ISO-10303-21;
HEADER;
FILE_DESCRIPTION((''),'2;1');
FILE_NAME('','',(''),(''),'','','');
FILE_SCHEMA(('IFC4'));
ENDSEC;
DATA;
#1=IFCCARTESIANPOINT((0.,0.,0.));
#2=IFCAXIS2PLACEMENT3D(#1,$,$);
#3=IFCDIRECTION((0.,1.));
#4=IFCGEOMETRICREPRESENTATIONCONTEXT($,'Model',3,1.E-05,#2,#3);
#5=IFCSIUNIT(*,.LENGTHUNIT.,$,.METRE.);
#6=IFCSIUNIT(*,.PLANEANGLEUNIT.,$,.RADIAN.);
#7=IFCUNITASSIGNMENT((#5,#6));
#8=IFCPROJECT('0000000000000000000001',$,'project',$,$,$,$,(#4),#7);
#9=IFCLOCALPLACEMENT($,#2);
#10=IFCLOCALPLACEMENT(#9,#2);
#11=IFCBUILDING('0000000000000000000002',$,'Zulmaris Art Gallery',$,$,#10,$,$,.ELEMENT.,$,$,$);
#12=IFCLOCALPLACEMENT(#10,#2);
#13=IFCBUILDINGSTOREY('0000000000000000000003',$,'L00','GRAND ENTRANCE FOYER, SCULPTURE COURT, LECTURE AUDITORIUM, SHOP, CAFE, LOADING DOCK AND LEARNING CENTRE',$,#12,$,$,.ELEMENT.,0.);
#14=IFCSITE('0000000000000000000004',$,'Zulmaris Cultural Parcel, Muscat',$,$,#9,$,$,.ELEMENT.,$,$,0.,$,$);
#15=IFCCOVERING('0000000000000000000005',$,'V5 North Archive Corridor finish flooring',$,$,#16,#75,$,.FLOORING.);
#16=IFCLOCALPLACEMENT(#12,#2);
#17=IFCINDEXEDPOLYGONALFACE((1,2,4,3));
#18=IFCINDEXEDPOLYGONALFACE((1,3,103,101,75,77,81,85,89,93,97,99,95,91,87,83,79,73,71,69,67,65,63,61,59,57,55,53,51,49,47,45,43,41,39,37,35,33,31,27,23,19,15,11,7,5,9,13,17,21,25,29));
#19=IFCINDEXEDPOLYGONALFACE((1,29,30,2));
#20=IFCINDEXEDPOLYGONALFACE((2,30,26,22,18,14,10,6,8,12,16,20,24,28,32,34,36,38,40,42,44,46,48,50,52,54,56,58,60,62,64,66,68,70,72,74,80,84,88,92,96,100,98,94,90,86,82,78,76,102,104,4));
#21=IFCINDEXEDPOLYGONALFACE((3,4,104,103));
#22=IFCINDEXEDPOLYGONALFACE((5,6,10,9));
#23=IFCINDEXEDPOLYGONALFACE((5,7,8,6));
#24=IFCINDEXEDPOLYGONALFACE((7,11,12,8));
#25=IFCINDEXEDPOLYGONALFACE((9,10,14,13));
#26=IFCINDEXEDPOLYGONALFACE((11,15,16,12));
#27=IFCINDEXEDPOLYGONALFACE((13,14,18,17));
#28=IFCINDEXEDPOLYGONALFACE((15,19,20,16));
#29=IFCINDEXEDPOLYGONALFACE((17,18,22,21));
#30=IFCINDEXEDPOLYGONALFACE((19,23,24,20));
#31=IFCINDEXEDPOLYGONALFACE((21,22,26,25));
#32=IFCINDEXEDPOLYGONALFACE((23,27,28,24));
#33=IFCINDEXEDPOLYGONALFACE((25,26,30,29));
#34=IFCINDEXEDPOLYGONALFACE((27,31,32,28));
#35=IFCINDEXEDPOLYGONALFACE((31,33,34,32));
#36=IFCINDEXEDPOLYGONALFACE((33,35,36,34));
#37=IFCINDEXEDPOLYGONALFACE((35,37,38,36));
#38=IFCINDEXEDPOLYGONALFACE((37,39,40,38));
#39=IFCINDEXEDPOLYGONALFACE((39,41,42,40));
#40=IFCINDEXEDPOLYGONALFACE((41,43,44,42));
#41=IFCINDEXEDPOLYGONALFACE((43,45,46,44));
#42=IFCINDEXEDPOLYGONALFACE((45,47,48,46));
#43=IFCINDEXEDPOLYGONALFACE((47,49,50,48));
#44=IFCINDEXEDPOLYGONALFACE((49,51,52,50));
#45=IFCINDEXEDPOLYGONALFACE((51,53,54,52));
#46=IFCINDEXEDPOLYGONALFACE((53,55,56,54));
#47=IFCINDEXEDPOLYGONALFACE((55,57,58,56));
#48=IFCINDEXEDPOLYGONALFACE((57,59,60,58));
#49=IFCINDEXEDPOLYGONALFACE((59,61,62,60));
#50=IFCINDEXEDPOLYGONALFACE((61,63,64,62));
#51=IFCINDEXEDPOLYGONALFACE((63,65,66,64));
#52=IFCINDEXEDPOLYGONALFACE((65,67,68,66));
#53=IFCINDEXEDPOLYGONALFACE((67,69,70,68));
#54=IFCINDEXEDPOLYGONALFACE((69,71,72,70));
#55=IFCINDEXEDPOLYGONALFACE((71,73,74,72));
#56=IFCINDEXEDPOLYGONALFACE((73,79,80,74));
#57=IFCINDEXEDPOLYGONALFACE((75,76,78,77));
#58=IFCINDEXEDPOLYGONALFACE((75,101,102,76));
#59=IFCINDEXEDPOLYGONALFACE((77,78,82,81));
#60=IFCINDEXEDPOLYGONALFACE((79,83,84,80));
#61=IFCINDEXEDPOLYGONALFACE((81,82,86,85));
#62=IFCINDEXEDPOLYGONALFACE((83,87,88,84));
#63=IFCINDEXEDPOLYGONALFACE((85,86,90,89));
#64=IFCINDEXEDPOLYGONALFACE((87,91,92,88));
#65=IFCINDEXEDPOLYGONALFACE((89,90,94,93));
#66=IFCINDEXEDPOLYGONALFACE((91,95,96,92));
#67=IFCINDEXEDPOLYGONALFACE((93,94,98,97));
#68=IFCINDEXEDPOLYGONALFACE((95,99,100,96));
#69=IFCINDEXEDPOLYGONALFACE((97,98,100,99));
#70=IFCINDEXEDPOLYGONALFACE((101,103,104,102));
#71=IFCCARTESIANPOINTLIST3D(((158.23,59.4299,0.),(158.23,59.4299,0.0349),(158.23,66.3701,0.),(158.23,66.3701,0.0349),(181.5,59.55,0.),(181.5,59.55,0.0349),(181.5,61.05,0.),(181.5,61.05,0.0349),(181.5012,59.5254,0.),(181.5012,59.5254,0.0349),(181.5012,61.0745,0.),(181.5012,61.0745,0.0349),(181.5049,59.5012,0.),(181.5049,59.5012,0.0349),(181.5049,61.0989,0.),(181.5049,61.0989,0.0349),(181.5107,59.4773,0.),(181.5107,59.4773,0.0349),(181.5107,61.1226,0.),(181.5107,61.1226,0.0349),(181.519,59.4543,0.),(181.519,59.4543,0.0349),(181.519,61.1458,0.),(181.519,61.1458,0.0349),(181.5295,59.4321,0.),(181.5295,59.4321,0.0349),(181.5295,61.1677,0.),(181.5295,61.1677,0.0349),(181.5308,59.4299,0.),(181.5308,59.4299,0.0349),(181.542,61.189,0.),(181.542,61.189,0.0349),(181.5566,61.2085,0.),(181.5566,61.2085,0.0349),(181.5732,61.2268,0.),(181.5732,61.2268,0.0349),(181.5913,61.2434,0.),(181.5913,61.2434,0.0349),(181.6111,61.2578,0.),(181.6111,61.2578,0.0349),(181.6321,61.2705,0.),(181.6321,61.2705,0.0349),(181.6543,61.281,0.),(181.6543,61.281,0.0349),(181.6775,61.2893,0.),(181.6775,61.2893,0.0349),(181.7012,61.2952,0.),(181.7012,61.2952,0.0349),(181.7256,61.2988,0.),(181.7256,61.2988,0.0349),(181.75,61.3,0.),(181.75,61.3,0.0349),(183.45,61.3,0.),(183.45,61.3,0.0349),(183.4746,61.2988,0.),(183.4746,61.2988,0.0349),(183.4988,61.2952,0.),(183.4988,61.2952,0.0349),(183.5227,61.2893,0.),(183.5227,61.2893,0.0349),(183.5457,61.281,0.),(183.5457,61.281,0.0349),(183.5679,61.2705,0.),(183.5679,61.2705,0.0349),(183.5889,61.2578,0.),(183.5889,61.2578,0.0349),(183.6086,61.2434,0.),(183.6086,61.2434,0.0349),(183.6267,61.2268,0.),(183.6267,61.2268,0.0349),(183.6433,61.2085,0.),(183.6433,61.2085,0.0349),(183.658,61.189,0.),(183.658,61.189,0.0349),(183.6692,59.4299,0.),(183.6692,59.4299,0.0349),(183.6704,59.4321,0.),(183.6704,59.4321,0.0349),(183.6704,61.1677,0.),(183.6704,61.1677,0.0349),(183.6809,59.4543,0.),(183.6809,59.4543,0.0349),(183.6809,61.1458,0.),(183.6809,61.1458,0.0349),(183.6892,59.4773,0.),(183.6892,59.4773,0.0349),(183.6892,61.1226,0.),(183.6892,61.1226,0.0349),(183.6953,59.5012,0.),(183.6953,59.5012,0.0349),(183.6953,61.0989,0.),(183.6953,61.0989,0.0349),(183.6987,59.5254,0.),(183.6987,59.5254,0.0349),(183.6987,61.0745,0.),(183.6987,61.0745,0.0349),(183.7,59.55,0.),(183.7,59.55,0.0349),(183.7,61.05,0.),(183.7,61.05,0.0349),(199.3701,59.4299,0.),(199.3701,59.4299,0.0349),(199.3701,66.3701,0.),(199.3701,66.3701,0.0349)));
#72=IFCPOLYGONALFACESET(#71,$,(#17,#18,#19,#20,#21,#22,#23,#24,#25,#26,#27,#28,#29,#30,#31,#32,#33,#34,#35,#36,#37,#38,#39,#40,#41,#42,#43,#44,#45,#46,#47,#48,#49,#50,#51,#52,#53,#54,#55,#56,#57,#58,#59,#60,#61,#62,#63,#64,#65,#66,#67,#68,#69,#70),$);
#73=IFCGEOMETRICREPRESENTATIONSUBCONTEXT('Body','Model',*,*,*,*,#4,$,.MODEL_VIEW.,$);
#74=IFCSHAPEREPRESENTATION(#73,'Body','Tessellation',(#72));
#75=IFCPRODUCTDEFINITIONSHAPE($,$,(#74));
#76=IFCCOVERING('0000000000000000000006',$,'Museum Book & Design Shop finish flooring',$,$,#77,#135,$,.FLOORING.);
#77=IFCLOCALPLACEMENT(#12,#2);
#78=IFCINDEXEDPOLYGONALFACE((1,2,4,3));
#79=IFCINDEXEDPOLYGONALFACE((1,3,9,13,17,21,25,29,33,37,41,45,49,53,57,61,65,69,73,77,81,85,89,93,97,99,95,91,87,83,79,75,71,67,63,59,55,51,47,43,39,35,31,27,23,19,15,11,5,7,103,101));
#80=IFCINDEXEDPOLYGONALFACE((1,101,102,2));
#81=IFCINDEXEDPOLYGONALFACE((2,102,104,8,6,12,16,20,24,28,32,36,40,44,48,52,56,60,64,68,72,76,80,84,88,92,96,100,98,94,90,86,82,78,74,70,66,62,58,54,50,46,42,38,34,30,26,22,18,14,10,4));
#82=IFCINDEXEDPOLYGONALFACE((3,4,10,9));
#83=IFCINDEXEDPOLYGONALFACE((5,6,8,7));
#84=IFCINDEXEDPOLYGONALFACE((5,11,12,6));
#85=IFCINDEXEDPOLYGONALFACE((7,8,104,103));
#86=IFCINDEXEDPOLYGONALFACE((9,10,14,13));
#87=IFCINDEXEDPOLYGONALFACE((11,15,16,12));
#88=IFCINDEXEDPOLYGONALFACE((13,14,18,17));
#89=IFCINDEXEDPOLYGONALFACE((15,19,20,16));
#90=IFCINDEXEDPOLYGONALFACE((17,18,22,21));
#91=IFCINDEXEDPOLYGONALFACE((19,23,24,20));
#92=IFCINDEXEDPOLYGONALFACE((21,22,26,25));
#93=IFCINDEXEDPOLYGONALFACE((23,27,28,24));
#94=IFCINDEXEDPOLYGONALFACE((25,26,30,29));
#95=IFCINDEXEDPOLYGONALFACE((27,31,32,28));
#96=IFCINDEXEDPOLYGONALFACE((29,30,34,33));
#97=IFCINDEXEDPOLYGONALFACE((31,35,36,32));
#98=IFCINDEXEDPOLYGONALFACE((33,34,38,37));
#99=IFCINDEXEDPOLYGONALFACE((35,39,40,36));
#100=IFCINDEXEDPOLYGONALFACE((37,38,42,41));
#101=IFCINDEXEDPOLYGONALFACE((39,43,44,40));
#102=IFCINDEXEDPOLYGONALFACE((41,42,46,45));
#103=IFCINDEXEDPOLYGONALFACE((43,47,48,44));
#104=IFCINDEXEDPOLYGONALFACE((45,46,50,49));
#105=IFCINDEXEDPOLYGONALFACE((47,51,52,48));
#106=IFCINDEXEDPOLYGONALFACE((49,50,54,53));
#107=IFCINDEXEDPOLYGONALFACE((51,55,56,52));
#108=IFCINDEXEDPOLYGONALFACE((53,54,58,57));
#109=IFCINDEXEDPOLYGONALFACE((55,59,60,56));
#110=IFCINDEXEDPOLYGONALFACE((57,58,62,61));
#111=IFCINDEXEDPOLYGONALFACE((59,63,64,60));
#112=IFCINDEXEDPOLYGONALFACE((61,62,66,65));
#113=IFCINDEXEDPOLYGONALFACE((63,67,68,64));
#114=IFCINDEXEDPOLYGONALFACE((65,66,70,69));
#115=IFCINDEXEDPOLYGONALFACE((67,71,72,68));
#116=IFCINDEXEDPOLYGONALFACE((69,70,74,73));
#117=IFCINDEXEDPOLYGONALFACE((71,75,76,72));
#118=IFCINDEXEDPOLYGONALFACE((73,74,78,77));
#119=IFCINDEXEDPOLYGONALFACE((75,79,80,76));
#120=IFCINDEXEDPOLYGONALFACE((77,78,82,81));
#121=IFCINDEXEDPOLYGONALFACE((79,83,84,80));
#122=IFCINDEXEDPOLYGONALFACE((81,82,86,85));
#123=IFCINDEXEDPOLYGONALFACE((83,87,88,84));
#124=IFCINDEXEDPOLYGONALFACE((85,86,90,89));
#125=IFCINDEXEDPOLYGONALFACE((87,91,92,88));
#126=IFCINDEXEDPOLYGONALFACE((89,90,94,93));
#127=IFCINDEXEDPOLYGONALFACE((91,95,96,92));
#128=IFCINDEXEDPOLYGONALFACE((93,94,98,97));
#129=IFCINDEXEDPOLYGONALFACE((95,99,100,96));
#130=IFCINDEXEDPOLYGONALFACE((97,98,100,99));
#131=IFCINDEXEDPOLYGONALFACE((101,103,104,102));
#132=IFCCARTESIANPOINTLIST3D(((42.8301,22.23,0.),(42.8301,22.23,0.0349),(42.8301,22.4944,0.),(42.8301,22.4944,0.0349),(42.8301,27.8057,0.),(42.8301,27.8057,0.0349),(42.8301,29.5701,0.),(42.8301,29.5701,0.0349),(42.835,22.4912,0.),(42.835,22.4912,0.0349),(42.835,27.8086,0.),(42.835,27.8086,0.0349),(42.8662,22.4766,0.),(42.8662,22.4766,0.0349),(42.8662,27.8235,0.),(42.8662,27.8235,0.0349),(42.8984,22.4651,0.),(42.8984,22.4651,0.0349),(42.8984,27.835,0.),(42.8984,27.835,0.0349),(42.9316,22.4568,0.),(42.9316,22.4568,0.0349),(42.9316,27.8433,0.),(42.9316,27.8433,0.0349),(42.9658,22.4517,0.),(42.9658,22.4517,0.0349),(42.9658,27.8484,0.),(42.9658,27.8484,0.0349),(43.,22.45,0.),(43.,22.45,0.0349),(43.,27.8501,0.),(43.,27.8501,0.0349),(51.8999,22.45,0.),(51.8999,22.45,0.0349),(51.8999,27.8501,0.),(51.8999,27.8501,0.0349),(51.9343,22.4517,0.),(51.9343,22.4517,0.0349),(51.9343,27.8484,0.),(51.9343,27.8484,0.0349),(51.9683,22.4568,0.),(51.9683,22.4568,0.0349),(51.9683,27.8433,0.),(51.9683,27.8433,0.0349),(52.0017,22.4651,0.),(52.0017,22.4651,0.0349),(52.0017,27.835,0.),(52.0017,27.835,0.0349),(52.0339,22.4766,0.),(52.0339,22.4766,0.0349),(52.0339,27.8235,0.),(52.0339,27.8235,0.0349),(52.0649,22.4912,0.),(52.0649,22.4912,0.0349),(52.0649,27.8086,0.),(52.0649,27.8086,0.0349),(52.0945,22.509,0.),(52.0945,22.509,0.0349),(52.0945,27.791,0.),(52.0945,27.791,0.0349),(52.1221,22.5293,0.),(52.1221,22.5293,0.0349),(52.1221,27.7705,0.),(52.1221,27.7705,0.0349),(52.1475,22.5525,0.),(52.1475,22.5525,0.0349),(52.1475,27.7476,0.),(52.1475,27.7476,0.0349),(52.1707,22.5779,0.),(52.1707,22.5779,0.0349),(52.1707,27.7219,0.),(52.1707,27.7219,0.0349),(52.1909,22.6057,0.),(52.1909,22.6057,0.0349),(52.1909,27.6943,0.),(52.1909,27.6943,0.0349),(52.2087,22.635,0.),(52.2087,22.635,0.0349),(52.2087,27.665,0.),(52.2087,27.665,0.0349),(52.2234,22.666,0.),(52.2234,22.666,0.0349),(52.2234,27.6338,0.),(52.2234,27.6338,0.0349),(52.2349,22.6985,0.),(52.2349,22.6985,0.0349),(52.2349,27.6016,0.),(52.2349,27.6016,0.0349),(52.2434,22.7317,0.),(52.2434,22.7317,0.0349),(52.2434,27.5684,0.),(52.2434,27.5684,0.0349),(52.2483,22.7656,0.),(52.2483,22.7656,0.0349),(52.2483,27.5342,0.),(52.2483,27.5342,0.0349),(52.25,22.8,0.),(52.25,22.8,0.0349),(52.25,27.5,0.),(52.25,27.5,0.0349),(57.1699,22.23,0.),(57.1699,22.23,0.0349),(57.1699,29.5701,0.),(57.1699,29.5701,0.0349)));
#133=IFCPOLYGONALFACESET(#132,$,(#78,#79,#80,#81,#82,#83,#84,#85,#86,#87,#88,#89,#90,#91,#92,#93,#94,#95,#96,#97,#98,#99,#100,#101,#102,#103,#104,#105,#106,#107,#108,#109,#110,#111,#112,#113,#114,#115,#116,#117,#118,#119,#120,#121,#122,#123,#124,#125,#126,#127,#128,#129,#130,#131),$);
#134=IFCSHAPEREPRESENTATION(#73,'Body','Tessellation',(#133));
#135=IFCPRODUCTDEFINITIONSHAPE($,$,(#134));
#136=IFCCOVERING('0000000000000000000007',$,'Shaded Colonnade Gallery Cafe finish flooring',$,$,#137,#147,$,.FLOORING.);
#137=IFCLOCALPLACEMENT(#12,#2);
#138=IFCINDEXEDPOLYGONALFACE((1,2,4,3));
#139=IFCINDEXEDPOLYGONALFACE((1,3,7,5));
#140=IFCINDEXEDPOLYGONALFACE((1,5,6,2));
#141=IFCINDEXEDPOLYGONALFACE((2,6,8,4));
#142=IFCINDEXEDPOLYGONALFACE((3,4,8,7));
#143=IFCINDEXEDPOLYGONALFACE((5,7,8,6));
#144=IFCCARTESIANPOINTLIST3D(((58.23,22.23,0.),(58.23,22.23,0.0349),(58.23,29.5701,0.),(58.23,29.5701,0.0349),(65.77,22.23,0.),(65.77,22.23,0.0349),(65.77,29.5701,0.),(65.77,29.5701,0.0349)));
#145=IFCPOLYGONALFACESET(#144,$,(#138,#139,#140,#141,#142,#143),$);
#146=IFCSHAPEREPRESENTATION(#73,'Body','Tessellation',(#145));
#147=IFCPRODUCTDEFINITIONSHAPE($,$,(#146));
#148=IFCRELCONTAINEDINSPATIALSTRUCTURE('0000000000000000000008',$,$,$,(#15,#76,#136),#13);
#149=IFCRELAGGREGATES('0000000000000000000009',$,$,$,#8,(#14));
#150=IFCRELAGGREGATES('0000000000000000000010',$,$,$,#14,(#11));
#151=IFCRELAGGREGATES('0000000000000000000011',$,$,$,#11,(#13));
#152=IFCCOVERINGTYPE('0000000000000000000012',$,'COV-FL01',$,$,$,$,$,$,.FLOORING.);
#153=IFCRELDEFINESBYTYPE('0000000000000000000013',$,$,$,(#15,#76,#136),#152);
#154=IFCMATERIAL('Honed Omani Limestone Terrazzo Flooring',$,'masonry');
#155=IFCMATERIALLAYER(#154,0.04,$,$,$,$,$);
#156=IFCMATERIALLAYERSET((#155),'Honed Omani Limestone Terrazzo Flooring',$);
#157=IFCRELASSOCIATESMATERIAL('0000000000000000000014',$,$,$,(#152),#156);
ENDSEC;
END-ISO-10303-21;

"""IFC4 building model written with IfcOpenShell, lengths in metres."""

from ifc_helpers import new_model, si_unit, direction, origin, place, context, subcontext, project, spatial, polyline, outline, extrude, material, layer, layer_set, type_object, element, save


model = new_model("IFC4")

# Units and contexts
model_context = context("Model", 3, precision=1e-05, world=origin(), true_north=direction((0.0, 1.0)))
body_context = subcontext(model_context, "Body", "Model", "MODEL_VIEW")
ifc_project = project(units=[si_unit("LENGTHUNIT", "METRE"), si_unit("PLANEANGLEUNIT", "RADIAN")], contexts=[model_context])

# Site, building, storey
site_placement = place(None, origin())
site = spatial("IfcSite", under=ifc_project, at=site_placement, Name="Zulmaris Cultural Parcel, Muscat", CompositionType="ELEMENT", RefElevation=0.0)
building_placement = place(site_placement, origin())
building = spatial("IfcBuilding", under=site, at=building_placement, Name="Zulmaris Art Gallery", CompositionType="ELEMENT")
storey_placement = place(building_placement, origin())
storey = spatial("IfcBuildingStorey", under=building, at=storey_placement, Name="L00", Description="GRAND ENTRANCE FOYER, SCULPTURE COURT, LECTURE AUDITORIUM, SHOP, CAFE, LOADING DOCK AND LEARNING CENTRE", CompositionType="ELEMENT", Elevation=0.0)

# Coverings
ifc_material_1 = material(Name="Honed Omani Limestone Terrazzo Flooring", Category="masonry")
ifc_layer_1 = layer(ifc_material_1, 0.04)
ifc_layer_set_1 = layer_set([ifc_layer_1], Name="Honed Omani Limestone Terrazzo Flooring")
covering_type_1 = type_object("IfcCoveringType", Name="COV-FL01", PredefinedType="FLOORING", material=ifc_layer_set_1)
covering_1_placement = place(storey_placement, origin())
element("IfcCovering", 1, at=covering_1_placement, inside=storey, type_object=covering_type_1, Name="V5 North Archive Corridor finish flooring", PredefinedType="FLOORING", context=body_context, shape_type="SweptSolid", body=[
    extrude(outline(polyline([(158.23, 59.4299), (158.23, 66.3701), (199.3701, 66.3701), (199.3701, 59.4299), (183.6692, 59.4299), (183.6704, 59.4321), (183.6809, 59.4543), (183.6892, 59.4773), (183.6953, 59.5012), (183.6987, 59.5254), (183.7, 59.55), (183.7, 61.05), (183.6987, 61.0745), (183.6953, 61.0989), (183.6892, 61.1226), (183.6809, 61.1458), (183.6704, 61.1677), (183.658, 61.189), (183.6433, 61.2085), (183.6267, 61.2268), (183.6086, 61.2434), (183.5889, 61.2578), (183.5679, 61.2705), (183.5457, 61.281), (183.5227, 61.2893), (183.4988, 61.2952), (183.4746, 61.2988), (183.45, 61.3), (181.75, 61.3), (181.7256, 61.2988), (181.7012, 61.2952), (181.6775, 61.2893), (181.6543, 61.281), (181.6321, 61.2705), (181.6111, 61.2578), (181.5913, 61.2434), (181.5732, 61.2268), (181.5566, 61.2085), (181.542, 61.189), (181.5295, 61.1677), (181.519, 61.1458), (181.5107, 61.1226), (181.5049, 61.0989), (181.5012, 61.0745), (181.5, 61.05), (181.5, 59.55), (181.5012, 59.5254), (181.5049, 59.5012), (181.5107, 59.4773), (181.519, 59.4543), (181.5295, 59.4321), (181.5308, 59.4299), (158.23, 59.4299)])), origin(), (0.0, 0.0, 1.0), 0.0349),
])
covering_2_placement = place(storey_placement, origin())
element("IfcCovering", 2, at=covering_2_placement, inside=storey, type_object=covering_type_1, Name="Museum Book & Design Shop finish flooring", PredefinedType="FLOORING", context=body_context, shape_type="SweptSolid", body=[
    extrude(outline(polyline([(57.1699, 22.23), (42.8301, 22.23), (42.8301, 22.4944), (42.835, 22.4912), (42.8662, 22.4766), (42.8984, 22.4651), (42.9316, 22.4568), (42.9658, 22.4517), (43.0, 22.45), (51.8999, 22.45), (51.9343, 22.4517), (51.9683, 22.4568), (52.0017, 22.4651), (52.0339, 22.4766), (52.0649, 22.4912), (52.0945, 22.509), (52.1221, 22.5293), (52.1475, 22.5525), (52.1707, 22.5779), (52.1909, 22.6057), (52.2087, 22.635), (52.2234, 22.666), (52.2349, 22.6985), (52.2434, 22.7317), (52.2483, 22.7656), (52.25, 22.8), (52.25, 27.5), (52.2483, 27.5342), (52.2434, 27.5684), (52.2349, 27.6016), (52.2234, 27.6338), (52.2087, 27.665), (52.1909, 27.6943), (52.1707, 27.7219), (52.1475, 27.7476), (52.1221, 27.7705), (52.0945, 27.791), (52.0649, 27.8086), (52.0339, 27.8235), (52.0017, 27.835), (51.9683, 27.8433), (51.9343, 27.8484), (51.8999, 27.8501), (43.0, 27.8501), (42.9658, 27.8484), (42.9316, 27.8433), (42.8984, 27.835), (42.8662, 27.8235), (42.835, 27.8086), (42.8301, 27.8057), (42.8301, 29.5701), (57.1699, 29.5701), (57.1699, 22.23)])), origin(), (0.0, 0.0, 1.0), 0.0349),
])
covering_3_placement = place(storey_placement, origin())
element("IfcCovering", 3, at=covering_3_placement, inside=storey, type_object=covering_type_1, Name="Shaded Colonnade Gallery Cafe finish flooring", PredefinedType="FLOORING", context=body_context, shape_type="SweptSolid", body=[
    extrude(outline(polyline([(65.77, 22.23), (58.23, 22.23), (58.23, 29.5701), (65.77, 29.5701), (65.77, 22.23)])), origin(), (0.0, 0.0, 1.0), 0.0349),
])

save(model, "model.ifc")
